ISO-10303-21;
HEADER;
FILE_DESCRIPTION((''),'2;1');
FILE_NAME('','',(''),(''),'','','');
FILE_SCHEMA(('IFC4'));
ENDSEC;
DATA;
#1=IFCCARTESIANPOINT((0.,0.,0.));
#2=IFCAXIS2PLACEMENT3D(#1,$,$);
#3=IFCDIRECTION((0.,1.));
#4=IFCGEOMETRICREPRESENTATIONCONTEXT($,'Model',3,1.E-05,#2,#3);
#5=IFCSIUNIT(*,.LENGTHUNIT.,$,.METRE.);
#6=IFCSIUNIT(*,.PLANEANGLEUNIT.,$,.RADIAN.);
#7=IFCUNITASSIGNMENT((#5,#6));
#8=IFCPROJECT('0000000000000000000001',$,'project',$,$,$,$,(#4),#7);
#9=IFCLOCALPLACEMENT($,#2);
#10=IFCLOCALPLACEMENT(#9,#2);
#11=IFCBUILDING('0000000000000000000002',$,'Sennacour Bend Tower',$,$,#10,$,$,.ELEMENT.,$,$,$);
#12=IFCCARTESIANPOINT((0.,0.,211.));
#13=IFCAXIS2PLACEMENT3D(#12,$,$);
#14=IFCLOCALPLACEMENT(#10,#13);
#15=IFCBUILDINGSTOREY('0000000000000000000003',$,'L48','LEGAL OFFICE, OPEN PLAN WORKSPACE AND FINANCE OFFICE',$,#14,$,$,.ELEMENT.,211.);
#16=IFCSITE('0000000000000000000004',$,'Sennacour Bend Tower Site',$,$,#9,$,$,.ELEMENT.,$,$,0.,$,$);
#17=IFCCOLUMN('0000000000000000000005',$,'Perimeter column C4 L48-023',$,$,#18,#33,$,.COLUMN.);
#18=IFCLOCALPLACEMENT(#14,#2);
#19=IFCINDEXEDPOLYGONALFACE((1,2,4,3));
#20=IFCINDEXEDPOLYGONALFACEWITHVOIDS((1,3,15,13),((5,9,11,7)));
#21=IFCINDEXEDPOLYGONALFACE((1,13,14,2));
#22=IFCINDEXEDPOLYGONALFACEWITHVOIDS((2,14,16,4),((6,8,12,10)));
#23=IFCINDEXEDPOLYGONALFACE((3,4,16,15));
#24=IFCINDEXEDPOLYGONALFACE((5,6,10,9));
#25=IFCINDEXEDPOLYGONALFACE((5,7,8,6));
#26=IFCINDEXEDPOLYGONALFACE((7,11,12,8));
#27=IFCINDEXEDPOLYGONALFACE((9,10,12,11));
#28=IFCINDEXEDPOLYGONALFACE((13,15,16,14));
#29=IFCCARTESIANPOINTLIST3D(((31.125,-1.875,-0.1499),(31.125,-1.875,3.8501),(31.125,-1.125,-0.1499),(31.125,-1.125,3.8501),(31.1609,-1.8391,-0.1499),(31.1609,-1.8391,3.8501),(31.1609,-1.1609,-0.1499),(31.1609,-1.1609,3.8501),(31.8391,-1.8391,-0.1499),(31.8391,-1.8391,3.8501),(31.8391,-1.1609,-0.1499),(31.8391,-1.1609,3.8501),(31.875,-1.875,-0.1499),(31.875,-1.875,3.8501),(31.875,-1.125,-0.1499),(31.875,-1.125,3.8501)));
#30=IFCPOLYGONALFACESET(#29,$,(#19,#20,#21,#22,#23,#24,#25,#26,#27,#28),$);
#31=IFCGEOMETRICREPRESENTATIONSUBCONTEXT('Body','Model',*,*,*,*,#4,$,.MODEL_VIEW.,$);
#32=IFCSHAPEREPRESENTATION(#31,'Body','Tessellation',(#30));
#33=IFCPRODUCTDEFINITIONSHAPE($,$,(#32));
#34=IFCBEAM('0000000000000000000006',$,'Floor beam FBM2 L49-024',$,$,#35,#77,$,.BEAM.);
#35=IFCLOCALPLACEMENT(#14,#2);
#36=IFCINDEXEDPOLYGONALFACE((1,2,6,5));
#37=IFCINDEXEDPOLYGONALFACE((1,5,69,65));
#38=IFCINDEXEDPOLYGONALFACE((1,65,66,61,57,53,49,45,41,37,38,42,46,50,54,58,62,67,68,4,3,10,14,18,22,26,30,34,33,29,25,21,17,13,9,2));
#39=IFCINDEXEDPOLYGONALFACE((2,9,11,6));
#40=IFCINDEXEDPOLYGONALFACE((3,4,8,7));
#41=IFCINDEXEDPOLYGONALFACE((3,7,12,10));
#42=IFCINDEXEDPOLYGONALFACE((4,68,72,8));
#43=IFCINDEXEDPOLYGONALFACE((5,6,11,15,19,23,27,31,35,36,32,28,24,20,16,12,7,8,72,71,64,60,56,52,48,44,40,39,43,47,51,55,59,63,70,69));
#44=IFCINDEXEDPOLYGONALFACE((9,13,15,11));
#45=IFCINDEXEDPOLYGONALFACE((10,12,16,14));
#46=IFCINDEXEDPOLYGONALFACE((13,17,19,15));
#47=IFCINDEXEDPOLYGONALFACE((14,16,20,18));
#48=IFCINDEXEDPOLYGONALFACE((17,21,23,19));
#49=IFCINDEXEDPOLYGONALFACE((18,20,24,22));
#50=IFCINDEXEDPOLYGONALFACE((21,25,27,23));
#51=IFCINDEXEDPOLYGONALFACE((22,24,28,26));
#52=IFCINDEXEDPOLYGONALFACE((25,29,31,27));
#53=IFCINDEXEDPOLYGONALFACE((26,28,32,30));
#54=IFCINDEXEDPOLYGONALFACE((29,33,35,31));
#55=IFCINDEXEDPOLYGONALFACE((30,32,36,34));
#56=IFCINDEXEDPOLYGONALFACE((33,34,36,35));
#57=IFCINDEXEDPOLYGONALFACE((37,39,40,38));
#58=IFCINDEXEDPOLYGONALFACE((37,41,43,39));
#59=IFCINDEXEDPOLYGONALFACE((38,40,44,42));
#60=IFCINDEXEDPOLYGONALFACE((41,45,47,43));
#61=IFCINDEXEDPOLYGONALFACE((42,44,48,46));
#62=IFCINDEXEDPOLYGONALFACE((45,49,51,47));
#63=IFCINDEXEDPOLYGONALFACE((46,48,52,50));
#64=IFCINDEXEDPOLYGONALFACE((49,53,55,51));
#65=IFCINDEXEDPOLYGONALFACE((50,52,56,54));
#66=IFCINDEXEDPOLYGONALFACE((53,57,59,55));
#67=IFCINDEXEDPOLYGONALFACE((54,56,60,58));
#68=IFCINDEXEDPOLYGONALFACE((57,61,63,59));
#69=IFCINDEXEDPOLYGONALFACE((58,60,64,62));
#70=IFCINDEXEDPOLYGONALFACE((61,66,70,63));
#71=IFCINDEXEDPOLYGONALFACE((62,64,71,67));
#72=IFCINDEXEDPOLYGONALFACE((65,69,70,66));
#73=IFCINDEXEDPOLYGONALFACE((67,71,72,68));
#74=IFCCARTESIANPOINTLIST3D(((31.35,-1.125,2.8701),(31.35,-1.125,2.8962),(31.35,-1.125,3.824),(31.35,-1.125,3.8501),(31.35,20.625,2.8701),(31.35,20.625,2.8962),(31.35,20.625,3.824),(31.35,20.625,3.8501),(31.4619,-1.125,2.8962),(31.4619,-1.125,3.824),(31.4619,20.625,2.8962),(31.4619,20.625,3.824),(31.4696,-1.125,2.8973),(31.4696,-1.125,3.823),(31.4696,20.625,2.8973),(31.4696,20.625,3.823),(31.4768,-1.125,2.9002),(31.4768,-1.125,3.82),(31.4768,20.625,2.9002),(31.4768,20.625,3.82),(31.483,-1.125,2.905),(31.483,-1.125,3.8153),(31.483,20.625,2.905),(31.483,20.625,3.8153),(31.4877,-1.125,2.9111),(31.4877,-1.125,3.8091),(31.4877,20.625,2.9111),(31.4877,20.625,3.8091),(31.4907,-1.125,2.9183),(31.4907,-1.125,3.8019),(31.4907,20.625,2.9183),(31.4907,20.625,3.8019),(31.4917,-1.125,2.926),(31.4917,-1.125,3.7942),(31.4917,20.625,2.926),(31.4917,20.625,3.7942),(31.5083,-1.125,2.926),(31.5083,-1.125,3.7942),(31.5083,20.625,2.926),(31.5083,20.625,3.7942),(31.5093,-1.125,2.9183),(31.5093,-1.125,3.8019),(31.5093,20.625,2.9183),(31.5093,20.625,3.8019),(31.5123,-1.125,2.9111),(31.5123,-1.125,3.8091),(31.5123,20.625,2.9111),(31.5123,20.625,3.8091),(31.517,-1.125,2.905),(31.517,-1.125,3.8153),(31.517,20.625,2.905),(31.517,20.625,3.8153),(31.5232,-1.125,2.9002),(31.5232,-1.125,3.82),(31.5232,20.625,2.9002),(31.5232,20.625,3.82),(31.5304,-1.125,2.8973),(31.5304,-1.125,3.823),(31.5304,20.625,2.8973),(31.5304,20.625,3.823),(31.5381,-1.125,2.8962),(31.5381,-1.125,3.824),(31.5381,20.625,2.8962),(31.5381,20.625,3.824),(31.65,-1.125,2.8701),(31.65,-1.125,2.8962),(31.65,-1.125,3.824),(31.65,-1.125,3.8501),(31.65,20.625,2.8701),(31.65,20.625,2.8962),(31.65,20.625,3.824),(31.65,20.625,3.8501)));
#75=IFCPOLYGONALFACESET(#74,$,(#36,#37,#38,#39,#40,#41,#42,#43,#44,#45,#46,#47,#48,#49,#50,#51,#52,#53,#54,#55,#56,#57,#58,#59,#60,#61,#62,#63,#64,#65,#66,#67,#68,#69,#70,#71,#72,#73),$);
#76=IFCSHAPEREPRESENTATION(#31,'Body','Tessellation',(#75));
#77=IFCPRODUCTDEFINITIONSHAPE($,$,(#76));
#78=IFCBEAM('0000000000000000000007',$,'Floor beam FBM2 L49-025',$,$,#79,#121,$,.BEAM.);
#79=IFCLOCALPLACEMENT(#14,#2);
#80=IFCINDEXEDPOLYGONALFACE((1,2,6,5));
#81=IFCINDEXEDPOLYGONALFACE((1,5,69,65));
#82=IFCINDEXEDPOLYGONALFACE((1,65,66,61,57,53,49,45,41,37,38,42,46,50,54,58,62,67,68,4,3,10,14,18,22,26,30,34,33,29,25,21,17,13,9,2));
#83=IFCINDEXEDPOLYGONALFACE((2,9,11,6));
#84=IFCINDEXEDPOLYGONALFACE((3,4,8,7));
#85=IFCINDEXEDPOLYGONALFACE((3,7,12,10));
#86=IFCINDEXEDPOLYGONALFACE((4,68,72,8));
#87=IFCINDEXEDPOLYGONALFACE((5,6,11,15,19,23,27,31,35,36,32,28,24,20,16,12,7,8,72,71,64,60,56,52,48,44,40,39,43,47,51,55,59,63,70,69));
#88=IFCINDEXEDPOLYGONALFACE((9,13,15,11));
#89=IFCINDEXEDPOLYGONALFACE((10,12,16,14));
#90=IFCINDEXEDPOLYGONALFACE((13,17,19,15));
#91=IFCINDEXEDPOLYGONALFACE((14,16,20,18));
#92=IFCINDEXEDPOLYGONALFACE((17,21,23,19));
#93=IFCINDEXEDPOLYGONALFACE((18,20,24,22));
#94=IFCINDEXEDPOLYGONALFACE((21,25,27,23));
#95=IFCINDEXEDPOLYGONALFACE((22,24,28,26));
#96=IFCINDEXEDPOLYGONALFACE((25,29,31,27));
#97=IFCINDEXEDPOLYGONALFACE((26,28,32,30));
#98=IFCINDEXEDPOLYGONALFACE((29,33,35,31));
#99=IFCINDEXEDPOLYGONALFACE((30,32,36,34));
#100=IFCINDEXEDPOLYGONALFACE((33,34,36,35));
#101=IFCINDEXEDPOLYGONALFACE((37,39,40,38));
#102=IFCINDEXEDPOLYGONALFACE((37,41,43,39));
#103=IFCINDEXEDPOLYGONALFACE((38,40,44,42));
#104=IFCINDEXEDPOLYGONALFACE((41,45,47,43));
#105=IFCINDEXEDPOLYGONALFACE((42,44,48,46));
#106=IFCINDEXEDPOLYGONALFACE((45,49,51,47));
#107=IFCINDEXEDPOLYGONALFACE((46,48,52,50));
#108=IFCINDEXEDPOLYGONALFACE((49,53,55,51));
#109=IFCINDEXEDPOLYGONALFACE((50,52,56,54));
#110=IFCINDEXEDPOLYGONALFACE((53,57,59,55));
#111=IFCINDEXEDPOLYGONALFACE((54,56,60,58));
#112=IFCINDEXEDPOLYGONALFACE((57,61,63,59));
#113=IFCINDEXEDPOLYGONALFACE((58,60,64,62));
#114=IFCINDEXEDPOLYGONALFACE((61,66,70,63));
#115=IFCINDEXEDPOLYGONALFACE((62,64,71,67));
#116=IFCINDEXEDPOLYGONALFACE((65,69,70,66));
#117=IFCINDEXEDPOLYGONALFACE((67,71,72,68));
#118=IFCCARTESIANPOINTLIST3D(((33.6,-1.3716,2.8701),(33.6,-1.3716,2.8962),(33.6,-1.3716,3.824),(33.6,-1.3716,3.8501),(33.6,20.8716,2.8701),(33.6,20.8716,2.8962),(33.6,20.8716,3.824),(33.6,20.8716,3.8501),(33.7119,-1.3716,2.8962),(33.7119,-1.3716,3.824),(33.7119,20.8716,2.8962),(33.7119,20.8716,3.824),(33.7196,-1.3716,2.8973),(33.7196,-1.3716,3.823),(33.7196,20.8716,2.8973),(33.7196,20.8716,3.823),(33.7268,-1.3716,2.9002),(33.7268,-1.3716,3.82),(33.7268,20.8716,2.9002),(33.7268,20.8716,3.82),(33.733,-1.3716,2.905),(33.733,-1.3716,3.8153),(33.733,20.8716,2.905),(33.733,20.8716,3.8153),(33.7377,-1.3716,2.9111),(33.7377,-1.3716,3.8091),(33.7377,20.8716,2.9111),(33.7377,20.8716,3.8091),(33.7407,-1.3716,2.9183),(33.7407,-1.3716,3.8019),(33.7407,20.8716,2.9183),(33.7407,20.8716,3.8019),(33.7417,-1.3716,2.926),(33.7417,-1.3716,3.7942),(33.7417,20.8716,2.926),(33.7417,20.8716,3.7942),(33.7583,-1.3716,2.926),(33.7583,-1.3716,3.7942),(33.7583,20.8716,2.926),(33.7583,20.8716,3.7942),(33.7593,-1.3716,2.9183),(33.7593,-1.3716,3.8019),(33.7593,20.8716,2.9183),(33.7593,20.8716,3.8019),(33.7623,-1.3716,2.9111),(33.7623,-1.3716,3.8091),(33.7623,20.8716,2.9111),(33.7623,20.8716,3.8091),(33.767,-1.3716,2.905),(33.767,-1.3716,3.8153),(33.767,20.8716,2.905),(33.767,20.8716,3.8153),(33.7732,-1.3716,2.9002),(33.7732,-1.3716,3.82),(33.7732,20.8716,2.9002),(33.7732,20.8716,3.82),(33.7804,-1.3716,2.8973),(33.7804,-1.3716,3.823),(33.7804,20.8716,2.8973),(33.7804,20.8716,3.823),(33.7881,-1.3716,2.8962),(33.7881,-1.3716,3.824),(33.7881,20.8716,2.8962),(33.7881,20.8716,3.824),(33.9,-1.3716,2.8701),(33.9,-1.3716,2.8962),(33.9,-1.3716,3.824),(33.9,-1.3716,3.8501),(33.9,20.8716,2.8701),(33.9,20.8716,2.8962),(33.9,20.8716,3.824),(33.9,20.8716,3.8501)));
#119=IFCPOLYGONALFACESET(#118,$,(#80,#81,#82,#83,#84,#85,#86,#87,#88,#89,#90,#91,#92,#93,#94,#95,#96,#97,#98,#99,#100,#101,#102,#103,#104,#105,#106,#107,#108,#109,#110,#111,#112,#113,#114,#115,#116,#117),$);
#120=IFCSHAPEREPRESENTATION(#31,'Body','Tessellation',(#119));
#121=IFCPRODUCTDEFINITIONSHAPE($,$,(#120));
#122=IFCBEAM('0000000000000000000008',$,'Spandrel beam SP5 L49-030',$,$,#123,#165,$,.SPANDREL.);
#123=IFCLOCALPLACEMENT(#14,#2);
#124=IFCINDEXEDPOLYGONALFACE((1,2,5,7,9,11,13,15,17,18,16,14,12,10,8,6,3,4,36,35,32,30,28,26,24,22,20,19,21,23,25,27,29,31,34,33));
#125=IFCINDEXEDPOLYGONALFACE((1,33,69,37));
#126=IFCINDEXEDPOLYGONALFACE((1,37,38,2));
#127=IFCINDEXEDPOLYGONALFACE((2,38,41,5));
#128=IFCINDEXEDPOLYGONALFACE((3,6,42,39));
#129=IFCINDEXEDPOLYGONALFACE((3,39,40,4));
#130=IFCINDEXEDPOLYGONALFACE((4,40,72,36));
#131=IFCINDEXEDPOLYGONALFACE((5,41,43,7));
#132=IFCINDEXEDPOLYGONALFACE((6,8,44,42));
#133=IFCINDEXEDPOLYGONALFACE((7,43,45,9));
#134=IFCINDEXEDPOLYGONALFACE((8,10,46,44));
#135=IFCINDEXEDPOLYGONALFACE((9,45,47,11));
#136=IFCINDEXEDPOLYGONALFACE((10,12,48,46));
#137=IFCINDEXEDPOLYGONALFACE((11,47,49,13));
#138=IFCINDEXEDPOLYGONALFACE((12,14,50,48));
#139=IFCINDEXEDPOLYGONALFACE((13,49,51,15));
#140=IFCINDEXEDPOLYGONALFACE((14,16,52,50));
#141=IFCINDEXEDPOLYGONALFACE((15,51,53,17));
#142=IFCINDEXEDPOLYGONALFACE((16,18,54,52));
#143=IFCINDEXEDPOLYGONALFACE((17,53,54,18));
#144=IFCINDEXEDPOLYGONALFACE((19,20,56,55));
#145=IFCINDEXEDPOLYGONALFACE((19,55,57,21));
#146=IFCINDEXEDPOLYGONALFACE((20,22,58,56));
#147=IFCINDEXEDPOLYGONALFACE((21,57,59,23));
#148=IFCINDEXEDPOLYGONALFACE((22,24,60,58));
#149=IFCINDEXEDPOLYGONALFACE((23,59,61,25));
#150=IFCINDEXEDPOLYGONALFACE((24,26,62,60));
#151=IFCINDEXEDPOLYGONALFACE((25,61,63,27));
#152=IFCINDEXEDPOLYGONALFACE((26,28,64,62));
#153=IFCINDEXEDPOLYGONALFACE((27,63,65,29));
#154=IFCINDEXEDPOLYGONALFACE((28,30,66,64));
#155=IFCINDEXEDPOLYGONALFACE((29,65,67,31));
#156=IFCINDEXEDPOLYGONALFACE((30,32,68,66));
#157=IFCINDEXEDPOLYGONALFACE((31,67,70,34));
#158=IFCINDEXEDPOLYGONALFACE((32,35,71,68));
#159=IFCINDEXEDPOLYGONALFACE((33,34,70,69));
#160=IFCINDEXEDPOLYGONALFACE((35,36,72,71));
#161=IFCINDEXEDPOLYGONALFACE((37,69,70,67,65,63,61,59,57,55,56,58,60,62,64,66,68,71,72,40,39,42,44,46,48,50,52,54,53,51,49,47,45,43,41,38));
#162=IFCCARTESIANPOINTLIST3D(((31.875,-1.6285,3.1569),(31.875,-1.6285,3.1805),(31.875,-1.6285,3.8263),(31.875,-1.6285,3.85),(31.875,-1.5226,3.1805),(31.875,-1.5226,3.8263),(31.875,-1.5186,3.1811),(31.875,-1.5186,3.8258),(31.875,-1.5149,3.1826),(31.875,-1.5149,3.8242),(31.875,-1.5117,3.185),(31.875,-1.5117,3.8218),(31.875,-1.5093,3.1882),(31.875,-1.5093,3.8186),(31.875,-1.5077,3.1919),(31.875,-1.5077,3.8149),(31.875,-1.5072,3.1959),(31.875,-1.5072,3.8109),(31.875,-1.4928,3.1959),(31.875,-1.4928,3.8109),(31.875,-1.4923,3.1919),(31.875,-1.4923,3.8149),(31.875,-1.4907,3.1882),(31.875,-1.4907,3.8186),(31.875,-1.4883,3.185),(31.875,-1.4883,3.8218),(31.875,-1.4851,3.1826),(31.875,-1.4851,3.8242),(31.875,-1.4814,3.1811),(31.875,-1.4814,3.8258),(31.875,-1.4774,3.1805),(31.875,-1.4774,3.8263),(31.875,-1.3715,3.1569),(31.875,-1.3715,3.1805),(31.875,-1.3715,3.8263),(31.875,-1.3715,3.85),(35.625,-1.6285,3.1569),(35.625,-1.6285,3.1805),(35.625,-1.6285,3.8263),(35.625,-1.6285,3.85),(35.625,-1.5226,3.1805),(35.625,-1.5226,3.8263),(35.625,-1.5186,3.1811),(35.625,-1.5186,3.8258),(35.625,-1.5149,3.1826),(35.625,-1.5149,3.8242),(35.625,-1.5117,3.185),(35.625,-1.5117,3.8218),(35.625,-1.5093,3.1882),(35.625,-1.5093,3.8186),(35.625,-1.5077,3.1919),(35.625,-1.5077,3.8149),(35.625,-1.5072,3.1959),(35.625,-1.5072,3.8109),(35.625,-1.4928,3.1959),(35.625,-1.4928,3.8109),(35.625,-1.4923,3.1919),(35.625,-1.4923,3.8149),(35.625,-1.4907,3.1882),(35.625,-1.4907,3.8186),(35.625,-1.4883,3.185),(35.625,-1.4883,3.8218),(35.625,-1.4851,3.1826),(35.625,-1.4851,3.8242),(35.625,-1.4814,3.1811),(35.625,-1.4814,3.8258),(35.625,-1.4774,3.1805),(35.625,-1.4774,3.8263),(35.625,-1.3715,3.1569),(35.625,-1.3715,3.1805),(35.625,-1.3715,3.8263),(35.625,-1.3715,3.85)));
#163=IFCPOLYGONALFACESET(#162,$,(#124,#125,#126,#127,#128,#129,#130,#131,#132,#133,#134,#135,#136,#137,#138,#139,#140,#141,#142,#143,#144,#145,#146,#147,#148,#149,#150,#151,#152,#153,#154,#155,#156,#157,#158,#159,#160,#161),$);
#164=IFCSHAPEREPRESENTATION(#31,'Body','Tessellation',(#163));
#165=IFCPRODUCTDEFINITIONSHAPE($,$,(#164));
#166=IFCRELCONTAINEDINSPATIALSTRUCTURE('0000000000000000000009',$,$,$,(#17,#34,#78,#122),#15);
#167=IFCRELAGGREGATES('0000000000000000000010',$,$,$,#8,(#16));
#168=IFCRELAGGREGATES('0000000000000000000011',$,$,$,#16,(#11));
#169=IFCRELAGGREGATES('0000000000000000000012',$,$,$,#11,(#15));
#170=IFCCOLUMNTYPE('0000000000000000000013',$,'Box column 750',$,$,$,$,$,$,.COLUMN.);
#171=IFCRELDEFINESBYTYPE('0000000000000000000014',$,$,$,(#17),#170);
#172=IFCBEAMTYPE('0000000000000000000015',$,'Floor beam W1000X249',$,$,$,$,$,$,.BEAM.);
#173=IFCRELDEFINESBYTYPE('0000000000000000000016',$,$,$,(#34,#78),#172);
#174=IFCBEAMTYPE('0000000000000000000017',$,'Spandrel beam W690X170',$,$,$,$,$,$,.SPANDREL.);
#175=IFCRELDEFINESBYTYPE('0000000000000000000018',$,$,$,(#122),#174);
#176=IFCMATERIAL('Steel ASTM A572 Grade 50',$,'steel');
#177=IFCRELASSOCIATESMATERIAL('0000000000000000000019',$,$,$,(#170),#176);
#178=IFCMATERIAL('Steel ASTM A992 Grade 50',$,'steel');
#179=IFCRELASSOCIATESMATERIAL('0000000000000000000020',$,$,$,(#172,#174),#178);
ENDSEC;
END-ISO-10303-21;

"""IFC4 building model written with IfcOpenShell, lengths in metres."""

from ifc_helpers import new_model, si_unit, direction, frame, origin, origin_2d, place, context, subcontext, project, spatial, hollow_rectangle, i_section, extrude, material, material_profile, profile_set, type_object, element, save


model = new_model("IFC4")

# Units and contexts
model_context = context("Model", 3, precision=1e-05, world=origin(), true_north=direction((0.0, 1.0)))
body_context = subcontext(model_context, "Body", "Model", "MODEL_VIEW")
ifc_project = project(units=[si_unit("LENGTHUNIT", "METRE"), si_unit("PLANEANGLEUNIT", "RADIAN")], contexts=[model_context])

# Site, building, storey
site_placement = place(None, origin())
site = spatial("IfcSite", under=ifc_project, at=site_placement, Name="Sennacour Bend Tower Site", CompositionType="ELEMENT", RefElevation=0.0)
building_placement = place(site_placement, origin())
building = spatial("IfcBuilding", under=site, at=building_placement, Name="Sennacour Bend Tower", CompositionType="ELEMENT")
storey_placement = place(building_placement, frame((0.0, 0.0, 211.0)))
storey = spatial("IfcBuildingStorey", under=building, at=storey_placement, Name="L48", Description="LEGAL OFFICE, OPEN PLAN WORKSPACE AND FINANCE OFFICE", CompositionType="ELEMENT", Elevation=211.0)

# Column
ifc_material_1 = material(Name="Steel ASTM A572 Grade 50", Category="steel")
ifc_material_profile_1 = material_profile(ifc_material_1, hollow_rectangle(XDim=0.75, YDim=0.75, WallThickness=0.0359, at=origin_2d()), Name="Steel ASTM A572 Grade 50", Category="steel")
ifc_profile_set_1 = profile_set([ifc_material_profile_1], Name="Steel ASTM A572 Grade 50")
column_type = type_object("IfcColumnType", Name="Box column 750", PredefinedType="COLUMN", material=ifc_profile_set_1)
column_placement = place(storey_placement, frame((31.5, -1.5, -0.1499), z_axis=(0.0, 0.0, 1.0), x_axis=(1.0, 0.0, 0.0)))
element("IfcColumn", 1, at=column_placement, inside=storey, type_object=column_type, Name="Perimeter column C4 L48-023", PredefinedType="COLUMN", context=body_context, shape_type="SweptSolid", body=[
    extrude(hollow_rectangle(XDim=0.75, YDim=0.75, WallThickness=0.0359, at=origin_2d()), origin(), (0.0, 0.0, 1.0), 4.0),
])

# Beams
ifc_material_2 = material(Name="Steel ASTM A992 Grade 50", Category="steel")
ifc_material_profile_2 = material_profile(ifc_material_2, i_section(OverallWidth=0.3, OverallDepth=0.98, WebThickness=0.0166, FlangeThickness=0.0261, FilletRadius=0.0298, at=origin_2d()), Name="Steel ASTM A992 Grade 50", Category="steel")
ifc_profile_set_2 = profile_set([ifc_material_profile_2], Name="Steel ASTM A992 Grade 50")
beam_type_1 = type_object("IfcBeamType", Name="Floor beam W1000X249", PredefinedType="BEAM", material=ifc_profile_set_2)
beam_1_placement = place(storey_placement, frame((31.5, -1.125, 3.3601), z_axis=(0.0, 1.0, 0.0), x_axis=(-1.0, 0.0, 0.0)))
element("IfcBeam", 2, at=beam_1_placement, inside=storey, type_object=beam_type_1, Name="Floor beam FBM2 L49-024", PredefinedType="BEAM", context=body_context, shape_type="SweptSolid", body=[
    extrude(i_section(OverallWidth=0.3, OverallDepth=0.98, WebThickness=0.0166, FlangeThickness=0.0261, FilletRadius=0.0298, at=origin_2d()), origin(), (0.0, 0.0, 1.0), 21.75),
])
beam_2_placement = place(storey_placement, frame((33.75, -1.3716, 3.3601), z_axis=(0.0, 1.0, 0.0), x_axis=(-1.0, 0.0, 0.0)))
element("IfcBeam", 3, at=beam_2_placement, inside=storey, type_object=beam_type_1, Name="Floor beam FBM2 L49-025", PredefinedType="BEAM", context=body_context, shape_type="SweptSolid", body=[
    extrude(i_section(OverallWidth=0.3, OverallDepth=0.98, WebThickness=0.0166, FlangeThickness=0.0261, FilletRadius=0.0298, at=origin_2d()), origin(), (0.0, 0.0, 1.0), 22.2432),
])
ifc_material_profile_3 = material_profile(ifc_material_2, i_section(OverallWidth=0.2571, OverallDepth=0.6931, WebThickness=0.0144, FlangeThickness=0.0237, FilletRadius=0.0154, at=origin_2d()), Name="Steel ASTM A992 Grade 50", Category="steel")
ifc_profile_set_3 = profile_set([ifc_material_profile_3], Name="Steel ASTM A992 Grade 50")
beam_type_2 = type_object("IfcBeamType", Name="Spandrel beam W690X170", PredefinedType="SPANDREL", material=ifc_profile_set_3)
for number, where, z_axis, x_axis, name in (
    (4, (35.625, -1.5, 3.5034), (-1.0, 0.0, 0.0), (0.0, -1.0, 0.0), "Spandrel beam SP5 L49-030"),
):
    element("IfcBeam", number, at=place(storey_placement, frame(where, z_axis=z_axis, x_axis=x_axis)), inside=storey, type_object=beam_type_2, Name=name, PredefinedType="SPANDREL", context=body_context, shape_type="SweptSolid", body=[
        extrude(i_section(OverallWidth=0.2571, OverallDepth=0.6931, WebThickness=0.0144, FlangeThickness=0.0237, FilletRadius=0.0154, at=origin_2d()), origin(), (0.0, 0.0, 1.0), 3.75),
    ])

save(model, "model.ifc")
